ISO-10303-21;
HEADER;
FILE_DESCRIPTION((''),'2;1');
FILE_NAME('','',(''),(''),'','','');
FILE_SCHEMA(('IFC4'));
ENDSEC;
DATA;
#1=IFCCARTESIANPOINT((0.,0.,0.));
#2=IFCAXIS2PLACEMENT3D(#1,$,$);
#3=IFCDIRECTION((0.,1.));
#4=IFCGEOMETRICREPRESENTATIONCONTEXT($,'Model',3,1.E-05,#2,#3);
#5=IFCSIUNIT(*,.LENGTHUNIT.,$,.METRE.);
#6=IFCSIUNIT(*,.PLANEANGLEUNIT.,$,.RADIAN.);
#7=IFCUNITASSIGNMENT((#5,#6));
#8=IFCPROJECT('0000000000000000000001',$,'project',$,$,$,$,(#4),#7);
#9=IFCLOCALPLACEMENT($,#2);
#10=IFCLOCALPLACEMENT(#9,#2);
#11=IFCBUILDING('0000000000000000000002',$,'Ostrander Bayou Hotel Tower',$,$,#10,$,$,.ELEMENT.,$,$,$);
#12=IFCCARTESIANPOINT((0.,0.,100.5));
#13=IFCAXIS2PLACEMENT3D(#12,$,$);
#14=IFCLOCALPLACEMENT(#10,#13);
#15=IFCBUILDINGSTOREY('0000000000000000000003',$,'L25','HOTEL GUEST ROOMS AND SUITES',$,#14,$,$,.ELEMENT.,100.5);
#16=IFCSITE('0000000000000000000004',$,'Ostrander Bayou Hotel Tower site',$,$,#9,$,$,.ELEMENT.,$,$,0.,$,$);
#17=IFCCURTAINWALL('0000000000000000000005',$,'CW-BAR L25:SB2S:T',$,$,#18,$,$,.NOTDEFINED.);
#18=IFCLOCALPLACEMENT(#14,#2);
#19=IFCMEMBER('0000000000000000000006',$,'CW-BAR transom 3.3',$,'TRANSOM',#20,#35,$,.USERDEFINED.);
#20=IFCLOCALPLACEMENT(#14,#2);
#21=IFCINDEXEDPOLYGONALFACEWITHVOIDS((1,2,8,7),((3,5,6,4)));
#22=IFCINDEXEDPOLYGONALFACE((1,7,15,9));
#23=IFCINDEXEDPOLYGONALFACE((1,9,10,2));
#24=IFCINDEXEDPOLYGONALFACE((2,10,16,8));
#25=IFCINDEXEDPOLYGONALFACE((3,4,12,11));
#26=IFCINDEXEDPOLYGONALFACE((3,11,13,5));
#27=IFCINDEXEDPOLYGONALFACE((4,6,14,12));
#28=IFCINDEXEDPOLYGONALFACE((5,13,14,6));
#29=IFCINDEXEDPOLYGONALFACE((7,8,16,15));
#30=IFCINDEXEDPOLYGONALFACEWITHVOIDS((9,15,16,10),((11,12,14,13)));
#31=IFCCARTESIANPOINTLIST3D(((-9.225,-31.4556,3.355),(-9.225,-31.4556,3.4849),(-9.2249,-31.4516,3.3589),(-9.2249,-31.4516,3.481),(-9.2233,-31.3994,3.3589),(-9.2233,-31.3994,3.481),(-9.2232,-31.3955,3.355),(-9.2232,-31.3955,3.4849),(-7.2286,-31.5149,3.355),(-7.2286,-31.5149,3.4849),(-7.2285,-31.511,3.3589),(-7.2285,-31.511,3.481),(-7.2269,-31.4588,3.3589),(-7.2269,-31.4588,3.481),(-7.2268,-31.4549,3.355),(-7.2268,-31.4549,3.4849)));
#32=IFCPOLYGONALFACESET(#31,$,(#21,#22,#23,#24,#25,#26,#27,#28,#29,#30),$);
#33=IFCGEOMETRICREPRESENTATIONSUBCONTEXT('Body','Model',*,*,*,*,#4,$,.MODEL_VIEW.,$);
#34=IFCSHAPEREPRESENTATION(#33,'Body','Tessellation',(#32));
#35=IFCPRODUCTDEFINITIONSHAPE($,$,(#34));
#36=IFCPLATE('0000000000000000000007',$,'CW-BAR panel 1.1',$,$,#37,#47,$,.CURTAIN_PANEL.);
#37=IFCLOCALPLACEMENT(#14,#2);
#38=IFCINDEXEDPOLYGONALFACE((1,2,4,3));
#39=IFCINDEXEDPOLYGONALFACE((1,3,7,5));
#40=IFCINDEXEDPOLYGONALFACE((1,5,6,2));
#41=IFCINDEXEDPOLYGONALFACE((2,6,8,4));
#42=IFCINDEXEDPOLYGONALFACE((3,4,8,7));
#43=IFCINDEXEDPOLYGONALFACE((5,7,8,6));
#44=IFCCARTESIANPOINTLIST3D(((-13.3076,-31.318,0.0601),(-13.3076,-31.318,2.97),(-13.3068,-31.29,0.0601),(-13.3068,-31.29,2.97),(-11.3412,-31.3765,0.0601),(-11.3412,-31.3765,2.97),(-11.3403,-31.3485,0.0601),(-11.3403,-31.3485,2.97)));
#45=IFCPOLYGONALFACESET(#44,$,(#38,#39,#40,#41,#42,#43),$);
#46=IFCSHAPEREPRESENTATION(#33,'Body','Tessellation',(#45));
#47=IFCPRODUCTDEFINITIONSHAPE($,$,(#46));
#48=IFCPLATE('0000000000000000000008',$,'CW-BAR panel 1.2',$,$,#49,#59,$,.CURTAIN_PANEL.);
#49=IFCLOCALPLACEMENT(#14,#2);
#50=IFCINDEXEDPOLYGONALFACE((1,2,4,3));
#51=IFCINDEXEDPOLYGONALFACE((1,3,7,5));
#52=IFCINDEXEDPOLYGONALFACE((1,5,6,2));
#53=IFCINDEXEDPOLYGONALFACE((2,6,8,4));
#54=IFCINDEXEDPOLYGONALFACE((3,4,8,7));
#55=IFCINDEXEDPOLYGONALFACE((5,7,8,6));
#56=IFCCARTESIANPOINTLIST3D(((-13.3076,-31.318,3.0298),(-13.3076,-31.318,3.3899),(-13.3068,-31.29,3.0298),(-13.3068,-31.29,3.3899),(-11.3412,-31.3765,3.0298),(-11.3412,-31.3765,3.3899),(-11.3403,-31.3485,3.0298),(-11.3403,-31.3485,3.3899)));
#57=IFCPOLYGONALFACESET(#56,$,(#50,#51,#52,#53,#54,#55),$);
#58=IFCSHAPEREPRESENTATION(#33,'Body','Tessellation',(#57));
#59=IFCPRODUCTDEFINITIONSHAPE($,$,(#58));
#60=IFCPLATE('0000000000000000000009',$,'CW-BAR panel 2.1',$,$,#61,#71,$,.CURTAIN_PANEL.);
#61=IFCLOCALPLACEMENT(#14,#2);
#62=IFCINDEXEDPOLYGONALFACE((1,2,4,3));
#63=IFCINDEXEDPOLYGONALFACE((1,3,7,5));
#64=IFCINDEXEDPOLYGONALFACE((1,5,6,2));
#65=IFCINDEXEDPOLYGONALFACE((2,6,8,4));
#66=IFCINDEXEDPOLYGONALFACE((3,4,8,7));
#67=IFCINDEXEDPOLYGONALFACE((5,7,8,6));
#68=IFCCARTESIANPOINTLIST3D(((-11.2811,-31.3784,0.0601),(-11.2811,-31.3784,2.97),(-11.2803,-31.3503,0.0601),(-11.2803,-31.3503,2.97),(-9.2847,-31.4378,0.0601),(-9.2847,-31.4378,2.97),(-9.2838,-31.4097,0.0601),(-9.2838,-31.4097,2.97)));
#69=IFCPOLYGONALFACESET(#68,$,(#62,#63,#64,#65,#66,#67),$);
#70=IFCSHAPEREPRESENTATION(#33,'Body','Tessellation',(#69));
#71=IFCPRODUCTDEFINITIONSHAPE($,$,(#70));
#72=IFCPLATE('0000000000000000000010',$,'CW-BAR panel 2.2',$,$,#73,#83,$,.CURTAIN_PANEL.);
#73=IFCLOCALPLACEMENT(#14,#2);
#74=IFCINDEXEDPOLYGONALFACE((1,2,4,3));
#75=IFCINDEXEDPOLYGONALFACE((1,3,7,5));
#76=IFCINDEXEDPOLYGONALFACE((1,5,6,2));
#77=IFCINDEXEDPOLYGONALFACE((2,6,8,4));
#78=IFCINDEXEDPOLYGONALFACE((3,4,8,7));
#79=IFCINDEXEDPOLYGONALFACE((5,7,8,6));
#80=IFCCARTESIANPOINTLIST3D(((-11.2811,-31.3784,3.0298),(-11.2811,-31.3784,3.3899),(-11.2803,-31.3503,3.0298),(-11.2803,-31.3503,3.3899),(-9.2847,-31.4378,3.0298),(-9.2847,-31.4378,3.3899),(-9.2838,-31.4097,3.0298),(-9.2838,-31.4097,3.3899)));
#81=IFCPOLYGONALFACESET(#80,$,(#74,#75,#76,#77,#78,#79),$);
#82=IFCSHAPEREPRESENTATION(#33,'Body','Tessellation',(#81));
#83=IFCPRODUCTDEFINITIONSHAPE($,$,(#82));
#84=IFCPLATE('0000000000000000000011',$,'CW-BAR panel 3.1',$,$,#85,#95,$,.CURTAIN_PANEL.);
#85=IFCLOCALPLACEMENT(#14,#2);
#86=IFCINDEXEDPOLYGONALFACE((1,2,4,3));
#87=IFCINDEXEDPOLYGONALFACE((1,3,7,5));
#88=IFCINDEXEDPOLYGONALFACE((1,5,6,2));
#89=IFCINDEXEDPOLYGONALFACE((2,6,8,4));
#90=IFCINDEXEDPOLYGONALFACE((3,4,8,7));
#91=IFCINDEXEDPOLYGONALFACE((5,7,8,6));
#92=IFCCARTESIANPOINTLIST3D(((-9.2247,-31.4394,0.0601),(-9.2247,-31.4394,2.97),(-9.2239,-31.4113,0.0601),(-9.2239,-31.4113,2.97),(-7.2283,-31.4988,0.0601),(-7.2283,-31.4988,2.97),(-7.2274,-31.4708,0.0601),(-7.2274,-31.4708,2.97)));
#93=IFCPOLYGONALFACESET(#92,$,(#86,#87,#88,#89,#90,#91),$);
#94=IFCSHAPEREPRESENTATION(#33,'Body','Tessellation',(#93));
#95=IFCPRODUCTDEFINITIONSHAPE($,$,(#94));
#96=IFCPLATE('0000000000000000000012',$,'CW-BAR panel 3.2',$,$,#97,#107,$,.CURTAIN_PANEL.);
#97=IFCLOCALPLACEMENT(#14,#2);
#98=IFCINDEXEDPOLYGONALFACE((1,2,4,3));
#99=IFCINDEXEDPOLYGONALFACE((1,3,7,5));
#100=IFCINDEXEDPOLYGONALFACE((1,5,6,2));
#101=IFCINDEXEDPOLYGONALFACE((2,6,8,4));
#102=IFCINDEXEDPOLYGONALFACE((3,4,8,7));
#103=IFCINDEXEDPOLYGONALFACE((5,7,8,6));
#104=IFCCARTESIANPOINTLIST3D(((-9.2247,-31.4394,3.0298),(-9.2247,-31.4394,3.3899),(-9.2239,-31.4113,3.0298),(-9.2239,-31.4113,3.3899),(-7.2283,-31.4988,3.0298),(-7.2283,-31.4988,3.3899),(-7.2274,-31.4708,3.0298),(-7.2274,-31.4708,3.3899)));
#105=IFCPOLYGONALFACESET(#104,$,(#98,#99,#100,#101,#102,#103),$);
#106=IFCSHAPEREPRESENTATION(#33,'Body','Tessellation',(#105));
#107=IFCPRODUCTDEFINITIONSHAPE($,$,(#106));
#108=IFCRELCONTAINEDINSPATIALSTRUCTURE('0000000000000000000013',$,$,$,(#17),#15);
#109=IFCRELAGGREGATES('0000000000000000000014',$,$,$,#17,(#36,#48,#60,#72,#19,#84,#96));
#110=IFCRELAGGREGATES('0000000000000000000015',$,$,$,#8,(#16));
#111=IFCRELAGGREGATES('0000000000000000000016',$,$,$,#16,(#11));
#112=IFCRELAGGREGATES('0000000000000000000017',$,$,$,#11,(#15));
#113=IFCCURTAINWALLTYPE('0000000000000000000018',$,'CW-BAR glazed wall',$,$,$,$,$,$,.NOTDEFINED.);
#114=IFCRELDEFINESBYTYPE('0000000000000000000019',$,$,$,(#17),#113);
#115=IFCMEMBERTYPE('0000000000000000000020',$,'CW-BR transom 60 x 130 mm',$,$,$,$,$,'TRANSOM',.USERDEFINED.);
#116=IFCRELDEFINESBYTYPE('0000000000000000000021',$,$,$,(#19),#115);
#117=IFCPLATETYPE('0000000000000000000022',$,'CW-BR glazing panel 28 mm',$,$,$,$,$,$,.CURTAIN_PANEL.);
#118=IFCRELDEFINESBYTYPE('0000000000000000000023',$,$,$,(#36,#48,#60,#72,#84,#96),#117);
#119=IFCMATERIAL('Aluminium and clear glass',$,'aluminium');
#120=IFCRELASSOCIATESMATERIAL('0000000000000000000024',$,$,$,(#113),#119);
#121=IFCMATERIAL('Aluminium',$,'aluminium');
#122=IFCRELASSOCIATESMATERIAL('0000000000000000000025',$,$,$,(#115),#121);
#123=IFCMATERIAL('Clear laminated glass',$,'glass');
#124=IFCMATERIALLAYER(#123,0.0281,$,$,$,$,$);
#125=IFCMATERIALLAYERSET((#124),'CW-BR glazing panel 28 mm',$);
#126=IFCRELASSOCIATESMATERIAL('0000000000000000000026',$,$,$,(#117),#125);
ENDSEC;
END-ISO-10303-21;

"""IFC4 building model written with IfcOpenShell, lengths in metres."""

from ifc_helpers import new_model, si_unit, direction, frame, origin, origin_2d, place, context, subcontext, project, spatial, rectangle, hollow_rectangle, extrude, material, layer, layer_set, material_profile, profile_set, type_object, element, aggregate, save


model = new_model("IFC4")

# Units and contexts
model_context = context("Model", 3, precision=1e-05, world=origin(), true_north=direction((0.0, 1.0)))
body_context = subcontext(model_context, "Body", "Model", "MODEL_VIEW")
ifc_project = project(units=[si_unit("LENGTHUNIT", "METRE"), si_unit("PLANEANGLEUNIT", "RADIAN")], contexts=[model_context])

# Site, building, storey
site_placement = place(None, origin())
site = spatial("IfcSite", under=ifc_project, at=site_placement, Name="Ostrander Bayou Hotel Tower site", CompositionType="ELEMENT", RefElevation=0.0)
building_placement = place(site_placement, origin())
building = spatial("IfcBuilding", under=site, at=building_placement, Name="Ostrander Bayou Hotel Tower", CompositionType="ELEMENT")
storey_placement = place(building_placement, frame((0.0, 0.0, 100.5)))
storey = spatial("IfcBuildingStorey", under=building, at=storey_placement, Name="L25", Description="HOTEL GUEST ROOMS AND SUITES", CompositionType="ELEMENT", Elevation=100.5)

# Curtain wall, member, plates
ifc_material_1 = material(Name="Aluminium and clear glass", Category="aluminium")
curtain_wall_type = type_object("IfcCurtainWallType", Name="CW-BAR glazed wall", PredefinedType="NOTDEFINED", material=ifc_material_1)
curtain_wall_placement = place(storey_placement, origin())
curtain_wall = element("IfcCurtainWall", 1, at=curtain_wall_placement, inside=storey, type_object=curtain_wall_type, Name="CW-BAR L25:SB2S:T", PredefinedType="NOTDEFINED")
ifc_material_2 = material(Name="Aluminium", Category="aluminium")
ifc_material_profile_1 = material_profile(ifc_material_2, hollow_rectangle(XDim=0.0601, YDim=0.1299, WallThickness=0.0039, at=origin_2d()))
ifc_profile_set_1 = profile_set([ifc_material_profile_1], Name="Aluminium")
member_type_1 = type_object("IfcMemberType", Name="CW-BR transom 60 x 130 mm", ElementType="TRANSOM", PredefinedType="USERDEFINED", material=ifc_profile_set_1)
member_1_placement = place(storey_placement, frame((-9.2241, -31.4255, 3.4199), z_axis=(0.999559, -0.029704, 0.0), x_axis=(0.029704, 0.999559, 0.0)))
member_1 = element("IfcMember", 2, at=member_1_placement, type_object=member_type_1, Name="CW-BAR transom 3.3", ObjectType="TRANSOM", PredefinedType="USERDEFINED", context=body_context, shape_type="SweptSolid", body=[
    extrude(hollow_rectangle(XDim=0.0601, YDim=0.1299, WallThickness=0.0039, at=origin_2d()), origin(), (0.0, 0.0, 1.0), 1.9973),
])
ifc_material_3 = material(Name="Clear laminated glass", Category="glass")
ifc_layer_1 = layer(ifc_material_3, 0.0281)
ifc_layer_set_1 = layer_set([ifc_layer_1], Name="CW-BR glazing panel 28 mm")
plate_type = type_object("IfcPlateType", Name="CW-BR glazing panel 28 mm", PredefinedType="CURTAIN_PANEL", material=ifc_layer_set_1)
plate_1_placement = place(storey_placement, frame((-12.324, -31.3333, 0.0601), z_axis=(0.0, 0.0, 1.0), x_axis=(0.999557, -0.029746, 0.0)))
plate_1 = element("IfcPlate", 3, at=plate_1_placement, type_object=plate_type, Name="CW-BAR panel 1.1", PredefinedType="CURTAIN_PANEL", context=body_context, shape_type="SweptSolid", body=[
    extrude(rectangle(XDim=1.9673, YDim=0.0281, at=origin_2d()), origin(), (0.0, 0.0, 1.0), 2.9099),
])
plate_2_placement = place(storey_placement, frame((-12.324, -31.3333, 3.0298), z_axis=(0.0, 0.0, 1.0), x_axis=(0.999557, -0.029746, 0.0)))
plate_2 = element("IfcPlate", 4, at=plate_2_placement, type_object=plate_type, Name="CW-BAR panel 1.2", PredefinedType="CURTAIN_PANEL", context=body_context, shape_type="SweptSolid", body=[
    extrude(rectangle(XDim=1.9673, YDim=0.0281, at=origin_2d()), origin(), (0.0, 0.0, 1.0), 0.3601),
])
plate_3_placement = place(storey_placement, frame((-10.2825, -31.394, 0.0601), z_axis=(0.0, 0.0, 1.0), x_axis=(0.999557, -0.029746, 0.0)))
plate_3 = element("IfcPlate", 5, at=plate_3_placement, type_object=plate_type, Name="CW-BAR panel 2.1", PredefinedType="CURTAIN_PANEL", context=body_context, shape_type="SweptSolid", body=[
    extrude(rectangle(XDim=1.9973, YDim=0.0281, at=origin_2d()), origin(), (0.0, 0.0, 1.0), 2.9099),
])
plate_4_placement = place(storey_placement, frame((-10.2825, -31.394, 3.0298), z_axis=(0.0, 0.0, 1.0), x_axis=(0.999557, -0.029746, 0.0)))
plate_4 = element("IfcPlate", 6, at=plate_4_placement, type_object=plate_type, Name="CW-BAR panel 2.2", PredefinedType="CURTAIN_PANEL", context=body_context, shape_type="SweptSolid", body=[
    extrude(rectangle(XDim=1.9973, YDim=0.0281, at=origin_2d()), origin(), (0.0, 0.0, 1.0), 0.3601),
])
plate_5_placement = place(storey_placement, frame((-8.2261, -31.4551, 0.0601), z_axis=(0.0, 0.0, 1.0), x_axis=(0.999557, -0.029746, 0.0)))
plate_5 = element("IfcPlate", 7, at=plate_5_placement, type_object=plate_type, Name="CW-BAR panel 3.1", PredefinedType="CURTAIN_PANEL", context=body_context, shape_type="SweptSolid", body=[
    extrude(rectangle(XDim=1.9973, YDim=0.0281, at=origin_2d()), origin(), (0.0, 0.0, 1.0), 2.9099),
])
plate_6_placement = place(storey_placement, frame((-8.2261, -31.4551, 3.0298), z_axis=(0.0, 0.0, 1.0), x_axis=(0.999557, -0.029746, 0.0)))
plate_6 = element("IfcPlate", 8, at=plate_6_placement, type_object=plate_type, Name="CW-BAR panel 3.2", PredefinedType="CURTAIN_PANEL", context=body_context, shape_type="SweptSolid", body=[
    extrude(rectangle(XDim=1.9973, YDim=0.0281, at=origin_2d()), origin(), (0.0, 0.0, 1.0), 0.3601),
])
aggregate(curtain_wall, [plate_1, plate_2, plate_3, plate_4, member_1, plate_5, plate_6])

save(model, "model.ifc")
